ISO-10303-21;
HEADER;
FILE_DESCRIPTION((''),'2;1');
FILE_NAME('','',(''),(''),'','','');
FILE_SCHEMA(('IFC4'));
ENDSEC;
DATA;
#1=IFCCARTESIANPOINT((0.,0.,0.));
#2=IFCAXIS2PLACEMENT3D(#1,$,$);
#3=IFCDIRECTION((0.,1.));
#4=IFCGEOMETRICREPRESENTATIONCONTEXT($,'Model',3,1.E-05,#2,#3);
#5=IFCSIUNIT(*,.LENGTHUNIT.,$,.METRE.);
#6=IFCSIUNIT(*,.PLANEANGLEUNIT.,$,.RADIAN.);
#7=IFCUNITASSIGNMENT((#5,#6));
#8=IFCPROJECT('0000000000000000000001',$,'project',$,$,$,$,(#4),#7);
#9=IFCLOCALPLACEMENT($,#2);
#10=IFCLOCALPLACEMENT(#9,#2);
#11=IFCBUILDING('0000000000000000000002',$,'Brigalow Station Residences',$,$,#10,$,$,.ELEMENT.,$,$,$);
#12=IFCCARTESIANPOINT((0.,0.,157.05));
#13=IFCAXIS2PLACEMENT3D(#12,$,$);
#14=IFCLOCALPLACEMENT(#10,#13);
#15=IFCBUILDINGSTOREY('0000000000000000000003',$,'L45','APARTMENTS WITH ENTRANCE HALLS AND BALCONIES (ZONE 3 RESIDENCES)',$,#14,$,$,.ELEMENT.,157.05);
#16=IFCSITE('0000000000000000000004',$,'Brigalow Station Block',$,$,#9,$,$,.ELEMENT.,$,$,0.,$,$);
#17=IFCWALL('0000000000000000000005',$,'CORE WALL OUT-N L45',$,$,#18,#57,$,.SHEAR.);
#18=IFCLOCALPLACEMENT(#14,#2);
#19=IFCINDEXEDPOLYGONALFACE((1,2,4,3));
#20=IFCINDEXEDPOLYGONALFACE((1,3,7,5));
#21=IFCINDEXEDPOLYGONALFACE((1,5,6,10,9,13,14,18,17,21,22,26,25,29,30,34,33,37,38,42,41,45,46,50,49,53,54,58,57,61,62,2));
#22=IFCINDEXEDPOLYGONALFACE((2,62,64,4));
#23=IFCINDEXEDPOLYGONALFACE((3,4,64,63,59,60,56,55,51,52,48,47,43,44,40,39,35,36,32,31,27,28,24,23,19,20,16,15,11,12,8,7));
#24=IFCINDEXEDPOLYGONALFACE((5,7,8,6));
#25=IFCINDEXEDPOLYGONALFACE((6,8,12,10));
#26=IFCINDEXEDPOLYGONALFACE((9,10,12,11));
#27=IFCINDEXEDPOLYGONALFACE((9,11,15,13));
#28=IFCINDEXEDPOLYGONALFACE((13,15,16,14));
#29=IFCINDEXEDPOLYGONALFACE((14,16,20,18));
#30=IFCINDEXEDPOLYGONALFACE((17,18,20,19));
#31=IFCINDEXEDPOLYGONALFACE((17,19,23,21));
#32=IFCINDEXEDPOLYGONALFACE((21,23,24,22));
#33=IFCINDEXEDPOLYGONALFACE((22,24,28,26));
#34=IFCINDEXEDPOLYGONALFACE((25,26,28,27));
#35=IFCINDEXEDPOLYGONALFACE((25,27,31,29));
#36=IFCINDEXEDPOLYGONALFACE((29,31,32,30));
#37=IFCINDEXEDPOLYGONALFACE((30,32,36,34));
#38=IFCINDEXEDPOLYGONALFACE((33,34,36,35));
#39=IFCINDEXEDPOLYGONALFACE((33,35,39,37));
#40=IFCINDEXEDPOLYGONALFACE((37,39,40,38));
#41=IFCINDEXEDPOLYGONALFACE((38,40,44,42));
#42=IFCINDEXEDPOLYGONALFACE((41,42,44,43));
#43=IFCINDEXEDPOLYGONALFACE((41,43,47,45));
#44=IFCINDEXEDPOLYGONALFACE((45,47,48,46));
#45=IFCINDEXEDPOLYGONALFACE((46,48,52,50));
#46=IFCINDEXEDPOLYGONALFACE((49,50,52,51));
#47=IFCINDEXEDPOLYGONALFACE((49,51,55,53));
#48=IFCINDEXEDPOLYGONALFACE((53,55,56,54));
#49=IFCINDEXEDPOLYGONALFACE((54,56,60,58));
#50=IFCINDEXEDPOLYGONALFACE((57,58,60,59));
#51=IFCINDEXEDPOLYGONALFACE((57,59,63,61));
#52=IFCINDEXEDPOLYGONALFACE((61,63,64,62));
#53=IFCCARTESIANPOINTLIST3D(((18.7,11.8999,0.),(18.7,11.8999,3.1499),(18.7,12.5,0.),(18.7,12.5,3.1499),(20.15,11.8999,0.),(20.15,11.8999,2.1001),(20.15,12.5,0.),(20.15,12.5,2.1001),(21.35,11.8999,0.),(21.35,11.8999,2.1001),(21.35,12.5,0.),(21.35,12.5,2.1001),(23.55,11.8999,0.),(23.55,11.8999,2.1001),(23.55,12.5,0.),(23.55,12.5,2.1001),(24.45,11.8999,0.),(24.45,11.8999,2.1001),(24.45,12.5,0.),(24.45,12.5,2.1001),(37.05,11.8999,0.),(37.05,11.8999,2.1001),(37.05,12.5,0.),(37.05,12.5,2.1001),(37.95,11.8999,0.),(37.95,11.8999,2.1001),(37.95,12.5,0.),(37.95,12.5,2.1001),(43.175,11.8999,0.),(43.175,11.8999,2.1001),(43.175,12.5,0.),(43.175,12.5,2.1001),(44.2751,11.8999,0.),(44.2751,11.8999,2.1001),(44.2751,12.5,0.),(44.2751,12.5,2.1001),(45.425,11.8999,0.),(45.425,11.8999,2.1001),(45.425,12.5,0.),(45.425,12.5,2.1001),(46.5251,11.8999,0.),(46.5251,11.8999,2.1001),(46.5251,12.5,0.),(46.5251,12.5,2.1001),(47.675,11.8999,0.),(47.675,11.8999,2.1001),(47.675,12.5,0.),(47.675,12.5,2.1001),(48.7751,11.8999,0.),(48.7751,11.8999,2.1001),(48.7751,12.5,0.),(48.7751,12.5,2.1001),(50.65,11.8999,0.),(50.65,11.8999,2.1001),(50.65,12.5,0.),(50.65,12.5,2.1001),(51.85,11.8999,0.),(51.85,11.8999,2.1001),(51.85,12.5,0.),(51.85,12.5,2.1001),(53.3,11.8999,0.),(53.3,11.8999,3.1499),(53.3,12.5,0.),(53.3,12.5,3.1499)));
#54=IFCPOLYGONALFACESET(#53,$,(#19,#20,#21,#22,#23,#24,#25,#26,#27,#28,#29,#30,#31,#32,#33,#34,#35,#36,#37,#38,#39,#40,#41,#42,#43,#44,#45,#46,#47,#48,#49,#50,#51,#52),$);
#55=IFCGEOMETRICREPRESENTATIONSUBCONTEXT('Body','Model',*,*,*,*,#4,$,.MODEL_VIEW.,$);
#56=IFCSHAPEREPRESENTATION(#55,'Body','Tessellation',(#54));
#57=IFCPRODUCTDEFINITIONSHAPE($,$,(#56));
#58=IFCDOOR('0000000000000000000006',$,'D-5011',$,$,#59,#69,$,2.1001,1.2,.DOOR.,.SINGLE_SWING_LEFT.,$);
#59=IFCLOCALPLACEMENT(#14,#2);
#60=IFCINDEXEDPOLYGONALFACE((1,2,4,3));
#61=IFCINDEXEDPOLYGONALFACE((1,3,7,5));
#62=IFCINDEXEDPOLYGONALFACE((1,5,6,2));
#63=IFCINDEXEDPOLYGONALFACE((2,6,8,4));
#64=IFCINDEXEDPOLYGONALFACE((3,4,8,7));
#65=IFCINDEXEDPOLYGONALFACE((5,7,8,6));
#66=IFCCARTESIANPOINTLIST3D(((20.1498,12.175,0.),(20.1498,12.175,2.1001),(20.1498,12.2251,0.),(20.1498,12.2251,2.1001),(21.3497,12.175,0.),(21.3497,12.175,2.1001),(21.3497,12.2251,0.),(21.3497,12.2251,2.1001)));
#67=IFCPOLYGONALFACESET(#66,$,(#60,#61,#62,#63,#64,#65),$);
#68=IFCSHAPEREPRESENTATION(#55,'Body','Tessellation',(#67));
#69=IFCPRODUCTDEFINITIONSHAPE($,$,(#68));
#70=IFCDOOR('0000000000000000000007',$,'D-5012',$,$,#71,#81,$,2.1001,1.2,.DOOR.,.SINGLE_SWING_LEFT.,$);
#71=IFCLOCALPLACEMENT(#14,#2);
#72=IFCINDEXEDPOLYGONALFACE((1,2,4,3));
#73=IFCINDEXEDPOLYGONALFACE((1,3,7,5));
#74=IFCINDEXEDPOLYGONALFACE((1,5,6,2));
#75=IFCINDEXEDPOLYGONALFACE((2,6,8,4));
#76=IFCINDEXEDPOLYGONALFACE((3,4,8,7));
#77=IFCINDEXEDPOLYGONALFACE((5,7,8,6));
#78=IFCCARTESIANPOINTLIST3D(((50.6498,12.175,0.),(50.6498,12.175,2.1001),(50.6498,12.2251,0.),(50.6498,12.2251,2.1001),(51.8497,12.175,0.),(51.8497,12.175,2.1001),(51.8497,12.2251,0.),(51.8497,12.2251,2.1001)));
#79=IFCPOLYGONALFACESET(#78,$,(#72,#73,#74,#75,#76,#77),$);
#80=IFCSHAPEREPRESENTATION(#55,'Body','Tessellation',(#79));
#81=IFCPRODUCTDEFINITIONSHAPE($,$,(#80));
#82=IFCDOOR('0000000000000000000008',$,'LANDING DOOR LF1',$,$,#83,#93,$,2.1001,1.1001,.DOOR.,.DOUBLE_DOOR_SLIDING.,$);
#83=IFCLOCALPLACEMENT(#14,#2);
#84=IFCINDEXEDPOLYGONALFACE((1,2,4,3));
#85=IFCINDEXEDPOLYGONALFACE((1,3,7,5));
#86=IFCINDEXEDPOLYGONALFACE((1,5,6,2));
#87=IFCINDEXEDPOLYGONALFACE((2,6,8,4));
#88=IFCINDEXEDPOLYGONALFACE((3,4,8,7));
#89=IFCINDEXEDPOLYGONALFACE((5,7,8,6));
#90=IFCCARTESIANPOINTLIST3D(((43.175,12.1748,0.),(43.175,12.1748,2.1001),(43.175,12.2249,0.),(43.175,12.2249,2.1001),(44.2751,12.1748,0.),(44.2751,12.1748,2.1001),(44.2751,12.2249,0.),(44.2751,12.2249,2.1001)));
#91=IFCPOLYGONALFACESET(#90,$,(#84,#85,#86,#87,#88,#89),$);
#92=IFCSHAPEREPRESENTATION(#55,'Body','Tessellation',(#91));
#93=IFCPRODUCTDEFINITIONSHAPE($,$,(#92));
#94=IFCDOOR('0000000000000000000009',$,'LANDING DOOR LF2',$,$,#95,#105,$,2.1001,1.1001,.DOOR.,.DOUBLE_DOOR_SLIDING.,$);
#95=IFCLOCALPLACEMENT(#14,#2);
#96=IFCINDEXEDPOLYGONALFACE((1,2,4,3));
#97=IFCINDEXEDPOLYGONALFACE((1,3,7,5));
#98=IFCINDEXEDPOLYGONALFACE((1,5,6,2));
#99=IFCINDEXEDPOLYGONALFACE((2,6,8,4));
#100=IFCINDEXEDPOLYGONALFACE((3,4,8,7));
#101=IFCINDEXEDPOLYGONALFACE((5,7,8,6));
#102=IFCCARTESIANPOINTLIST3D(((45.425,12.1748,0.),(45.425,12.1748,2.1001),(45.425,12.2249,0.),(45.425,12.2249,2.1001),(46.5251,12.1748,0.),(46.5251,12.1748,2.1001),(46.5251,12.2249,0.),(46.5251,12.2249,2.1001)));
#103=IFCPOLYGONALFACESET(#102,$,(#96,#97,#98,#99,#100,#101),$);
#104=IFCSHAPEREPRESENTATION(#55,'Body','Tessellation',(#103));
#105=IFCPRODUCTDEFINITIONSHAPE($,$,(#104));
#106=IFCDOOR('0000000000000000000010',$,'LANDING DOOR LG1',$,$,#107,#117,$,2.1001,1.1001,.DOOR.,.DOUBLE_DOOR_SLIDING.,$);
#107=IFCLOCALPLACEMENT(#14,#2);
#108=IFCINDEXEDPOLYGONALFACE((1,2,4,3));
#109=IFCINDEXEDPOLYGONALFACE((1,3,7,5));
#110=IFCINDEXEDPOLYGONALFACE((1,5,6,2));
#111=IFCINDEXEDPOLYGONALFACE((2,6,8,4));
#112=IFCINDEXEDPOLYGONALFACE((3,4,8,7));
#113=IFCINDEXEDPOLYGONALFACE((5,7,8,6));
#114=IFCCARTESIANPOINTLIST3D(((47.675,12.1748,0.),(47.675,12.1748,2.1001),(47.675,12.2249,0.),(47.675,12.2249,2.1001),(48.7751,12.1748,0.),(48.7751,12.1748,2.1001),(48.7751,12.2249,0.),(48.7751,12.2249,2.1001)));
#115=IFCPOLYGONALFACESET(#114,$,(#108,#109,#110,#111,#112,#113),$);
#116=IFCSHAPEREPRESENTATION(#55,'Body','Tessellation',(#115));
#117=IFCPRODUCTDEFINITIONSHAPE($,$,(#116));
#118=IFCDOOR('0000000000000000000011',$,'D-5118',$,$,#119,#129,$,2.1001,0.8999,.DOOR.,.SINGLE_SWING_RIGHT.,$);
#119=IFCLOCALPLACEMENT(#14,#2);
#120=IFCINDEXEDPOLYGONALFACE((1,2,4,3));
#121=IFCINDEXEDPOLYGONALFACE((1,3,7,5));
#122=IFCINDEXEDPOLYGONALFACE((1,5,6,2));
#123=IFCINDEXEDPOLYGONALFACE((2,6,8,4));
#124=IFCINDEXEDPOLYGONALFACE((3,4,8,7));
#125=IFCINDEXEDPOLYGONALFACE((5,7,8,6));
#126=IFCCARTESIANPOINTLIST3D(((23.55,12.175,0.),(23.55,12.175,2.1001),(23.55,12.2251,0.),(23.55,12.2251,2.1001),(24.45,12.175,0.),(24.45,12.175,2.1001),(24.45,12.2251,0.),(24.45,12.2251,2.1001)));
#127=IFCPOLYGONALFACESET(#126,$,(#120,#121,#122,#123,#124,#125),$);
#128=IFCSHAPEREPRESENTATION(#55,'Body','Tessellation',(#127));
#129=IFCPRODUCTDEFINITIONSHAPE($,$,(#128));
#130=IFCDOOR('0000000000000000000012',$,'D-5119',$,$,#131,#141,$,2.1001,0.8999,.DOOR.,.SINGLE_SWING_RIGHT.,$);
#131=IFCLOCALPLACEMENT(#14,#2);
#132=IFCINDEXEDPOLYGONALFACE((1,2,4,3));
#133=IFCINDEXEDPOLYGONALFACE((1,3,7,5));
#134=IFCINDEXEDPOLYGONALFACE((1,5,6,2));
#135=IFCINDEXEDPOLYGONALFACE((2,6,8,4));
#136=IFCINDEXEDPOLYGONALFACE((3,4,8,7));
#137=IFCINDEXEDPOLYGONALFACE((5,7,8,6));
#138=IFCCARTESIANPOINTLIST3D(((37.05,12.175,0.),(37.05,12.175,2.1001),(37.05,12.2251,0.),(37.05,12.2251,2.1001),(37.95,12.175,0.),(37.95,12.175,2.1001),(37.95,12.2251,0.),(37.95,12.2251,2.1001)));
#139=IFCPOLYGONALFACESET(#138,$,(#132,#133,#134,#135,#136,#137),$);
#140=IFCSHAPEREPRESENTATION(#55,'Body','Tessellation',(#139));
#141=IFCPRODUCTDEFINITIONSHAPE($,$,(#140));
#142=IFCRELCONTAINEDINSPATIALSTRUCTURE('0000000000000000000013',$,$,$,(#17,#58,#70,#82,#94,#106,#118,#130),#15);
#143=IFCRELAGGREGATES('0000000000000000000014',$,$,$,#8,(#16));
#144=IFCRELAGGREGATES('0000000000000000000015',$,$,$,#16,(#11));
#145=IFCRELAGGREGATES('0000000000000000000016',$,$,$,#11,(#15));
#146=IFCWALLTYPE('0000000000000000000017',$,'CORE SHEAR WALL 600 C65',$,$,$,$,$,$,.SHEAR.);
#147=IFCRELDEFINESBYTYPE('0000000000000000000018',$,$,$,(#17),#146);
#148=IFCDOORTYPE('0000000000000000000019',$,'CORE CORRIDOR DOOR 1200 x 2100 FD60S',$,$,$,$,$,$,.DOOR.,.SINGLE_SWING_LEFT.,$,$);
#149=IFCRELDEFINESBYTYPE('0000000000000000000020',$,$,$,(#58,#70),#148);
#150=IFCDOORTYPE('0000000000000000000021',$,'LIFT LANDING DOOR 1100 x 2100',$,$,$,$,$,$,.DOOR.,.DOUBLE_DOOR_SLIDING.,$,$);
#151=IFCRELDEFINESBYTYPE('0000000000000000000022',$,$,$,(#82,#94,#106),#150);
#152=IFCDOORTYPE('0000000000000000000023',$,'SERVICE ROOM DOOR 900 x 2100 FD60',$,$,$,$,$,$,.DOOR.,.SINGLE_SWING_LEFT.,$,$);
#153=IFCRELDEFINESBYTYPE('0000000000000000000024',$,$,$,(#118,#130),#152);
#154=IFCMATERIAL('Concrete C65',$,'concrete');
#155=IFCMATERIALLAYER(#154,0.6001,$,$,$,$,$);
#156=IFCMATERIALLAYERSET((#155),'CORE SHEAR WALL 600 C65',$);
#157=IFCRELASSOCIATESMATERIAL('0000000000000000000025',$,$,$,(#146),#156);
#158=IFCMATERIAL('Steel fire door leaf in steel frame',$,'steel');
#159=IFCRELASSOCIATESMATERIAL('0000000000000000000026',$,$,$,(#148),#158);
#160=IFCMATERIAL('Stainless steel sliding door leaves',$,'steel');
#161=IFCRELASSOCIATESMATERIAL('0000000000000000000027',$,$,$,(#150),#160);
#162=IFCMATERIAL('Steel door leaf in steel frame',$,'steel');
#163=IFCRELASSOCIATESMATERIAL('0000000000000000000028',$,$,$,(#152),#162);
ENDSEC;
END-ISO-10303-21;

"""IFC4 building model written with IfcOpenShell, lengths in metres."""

from ifc_helpers import new_model, si_unit, direction, frame, frame_2d, origin, place, context, subcontext, project, spatial, rectangle, extrude, material, layer, layer_set, type_object, element, fill, save


model = new_model("IFC4")

# Units and contexts
model_context = context("Model", 3, precision=1e-05, world=origin(), true_north=direction((0.0, 1.0)))
body_context = subcontext(model_context, "Body", "Model", "MODEL_VIEW")
ifc_project = project(units=[si_unit("LENGTHUNIT", "METRE"), si_unit("PLANEANGLEUNIT", "RADIAN")], contexts=[model_context])

# Site, building, storey
site_placement = place(None, origin())
site = spatial("IfcSite", under=ifc_project, at=site_placement, Name="Brigalow Station Block", CompositionType="ELEMENT", RefElevation=0.0)
building_placement = place(site_placement, origin())
building = spatial("IfcBuilding", under=site, at=building_placement, Name="Brigalow Station Residences", CompositionType="ELEMENT")
storey_placement = place(building_placement, frame((0.0, 0.0, 157.05)))
storey = spatial("IfcBuildingStorey", under=building, at=storey_placement, Name="L45", Description="APARTMENTS WITH ENTRANCE HALLS AND BALCONIES (ZONE 3 RESIDENCES)", CompositionType="ELEMENT", Elevation=157.05)

# Wall, openings, doors
ifc_material_1 = material(Name="Concrete C65", Category="concrete")
ifc_layer_1 = layer(ifc_material_1, 0.6001)
ifc_layer_set_1 = layer_set([ifc_layer_1], Name="CORE SHEAR WALL 600 C65")
wall_type_1 = type_object("IfcWallType", Name="CORE SHEAR WALL 600 C65", PredefinedType="SHEAR", material=ifc_layer_set_1)
wall_1_placement = place(storey_placement, frame((18.7, 12.2, 0.0), z_axis=(0.0, 0.0, 1.0), x_axis=(1.0, 0.0, 0.0)))
wall_1 = element("IfcWall", 1, at=wall_1_placement, inside=storey, type_object=wall_type_1, Name="CORE WALL OUT-N L45", PredefinedType="SHEAR", context=body_context, shape_type="SweptSolid", body=[
    extrude(rectangle(XDim=34.6001, YDim=0.6001, at=frame_2d((17.3, 0.0))), origin(), (0.0, 0.0, 1.0), 3.1499),
])
opening_1_placement = place(wall_1_placement, frame((24.4751, 0.0, 0.0)))
opening_1 = element("IfcOpeningElement", 2, at=opening_1_placement, cuts=wall_1, PredefinedType="OPENING", context=body_context, shape_type="SweptSolid", body=[
    extrude(rectangle(XDim=1.1001, YDim=2.1001, at=frame_2d((0.55, 1.05))), frame((0.0, 0.3101, 0.0), z_axis=(0.0, -1.0, 0.0), x_axis=(1.0, 0.0, 0.0)), (0.0, 0.0, 1.0), 0.6201),
])
opening_2_placement = place(wall_1_placement, frame((26.7251, 0.0, 0.0)))
opening_2 = element("IfcOpeningElement", 3, at=opening_2_placement, cuts=wall_1, PredefinedType="OPENING", context=body_context, shape_type="SweptSolid", body=[
    extrude(rectangle(XDim=1.1001, YDim=2.1001, at=frame_2d((0.55, 1.05))), frame((0.0, 0.3101, 0.0), z_axis=(0.0, -1.0, 0.0), x_axis=(1.0, 0.0, 0.0)), (0.0, 0.0, 1.0), 0.6201),
])
opening_3_placement = place(wall_1_placement, frame((28.9751, 0.0, 0.0)))
opening_3 = element("IfcOpeningElement", 4, at=opening_3_placement, cuts=wall_1, PredefinedType="OPENING", context=body_context, shape_type="SweptSolid", body=[
    extrude(rectangle(XDim=1.1001, YDim=2.1001, at=frame_2d((0.55, 1.05))), frame((0.0, 0.3101, 0.0), z_axis=(0.0, -1.0, 0.0), x_axis=(1.0, 0.0, 0.0)), (0.0, 0.0, 1.0), 0.6201),
])
opening_4_placement = place(wall_1_placement, frame((4.8501, 0.0, 0.0)))
opening_4 = element("IfcOpeningElement", 5, at=opening_4_placement, cuts=wall_1, PredefinedType="OPENING", context=body_context, shape_type="SweptSolid", body=[
    extrude(rectangle(XDim=0.8999, YDim=2.1001, at=frame_2d((0.45, 1.05))), frame((0.0, 0.3101, 0.0), z_axis=(0.0, -1.0, 0.0), x_axis=(1.0, 0.0, 0.0)), (0.0, 0.0, 1.0), 0.6201),
])
opening_5_placement = place(wall_1_placement, frame((18.3501, 0.0, 0.0)))
opening_5 = element("IfcOpeningElement", 6, at=opening_5_placement, cuts=wall_1, PredefinedType="OPENING", context=body_context, shape_type="SweptSolid", body=[
    extrude(rectangle(XDim=0.8999, YDim=2.1001, at=frame_2d((0.45, 1.05))), frame((0.0, 0.3101, 0.0), z_axis=(0.0, -1.0, 0.0), x_axis=(1.0, 0.0, 0.0)), (0.0, 0.0, 1.0), 0.6201),
])
opening_6_placement = place(wall_1_placement, frame((1.45, 0.0, 0.0)))
opening_6 = element("IfcOpeningElement", 7, at=opening_6_placement, cuts=wall_1, PredefinedType="OPENING", context=body_context, shape_type="SweptSolid", body=[
    extrude(rectangle(XDim=1.2, YDim=2.1001, at=frame_2d((0.6001, 1.05))), frame((0.0, 0.3101, 0.0), z_axis=(0.0, -1.0, 0.0), x_axis=(1.0, 0.0, 0.0)), (0.0, 0.0, 1.0), 0.6201),
])
opening_7_placement = place(wall_1_placement, frame((31.95, 0.0, 0.0)))
opening_7 = element("IfcOpeningElement", 8, at=opening_7_placement, cuts=wall_1, PredefinedType="OPENING", context=body_context, shape_type="SweptSolid", body=[
    extrude(rectangle(XDim=1.2, YDim=2.1001, at=frame_2d((0.6001, 1.05))), frame((0.0, 0.3101, 0.0), z_axis=(0.0, -1.0, 0.0), x_axis=(1.0, 0.0, 0.0)), (0.0, 0.0, 1.0), 0.6201),
])
ifc_material_2 = material(Name="Steel fire door leaf in steel frame", Category="steel")
door_type_1 = type_object("IfcDoorType", Name="CORE CORRIDOR DOOR 1200 x 2100 FD60S", OperationType="SINGLE_SWING_LEFT", PredefinedType="DOOR", material=ifc_material_2)
door_1_placement = place(opening_6_placement, frame((1.2, 0.0, 0.0), z_axis=(0.0, 0.0, 1.0), x_axis=(-1.0, 0.0, 0.0)))
door_1 = element("IfcDoor", 9, at=door_1_placement, inside=storey, type_object=door_type_1, Name="D-5011", OperationType="SINGLE_SWING_LEFT", OverallHeight=2.1001, OverallWidth=1.2, PredefinedType="DOOR", context=body_context, shape_type="SweptSolid", body=[
    extrude(rectangle(XDim=1.2, YDim=2.1001, at=frame_2d((0.6001, 1.05))), frame((0.0, 0.0249, 0.0), z_axis=(0.0, -1.0, 0.0), x_axis=(1.0, 0.0, 0.0)), (0.0, 0.0, 1.0), 0.05),
])
fill(opening_6, door_1)
door_2_placement = place(opening_7_placement, frame((1.2, 0.0, 0.0), z_axis=(0.0, 0.0, 1.0), x_axis=(-1.0, 0.0, 0.0)))
door_2 = element("IfcDoor", 10, at=door_2_placement, inside=storey, type_object=door_type_1, Name="D-5012", OperationType="SINGLE_SWING_LEFT", OverallHeight=2.1001, OverallWidth=1.2, PredefinedType="DOOR", context=body_context, shape_type="SweptSolid", body=[
    extrude(rectangle(XDim=1.2, YDim=2.1001, at=frame_2d((0.6001, 1.05))), frame((0.0, 0.0249, 0.0), z_axis=(0.0, -1.0, 0.0), x_axis=(1.0, 0.0, 0.0)), (0.0, 0.0, 1.0), 0.05),
])
fill(opening_7, door_2)
ifc_material_3 = material(Name="Stainless steel sliding door leaves", Category="steel")
door_type_2 = type_object("IfcDoorType", Name="LIFT LANDING DOOR 1100 x 2100", OperationType="DOUBLE_DOOR_SLIDING", PredefinedType="DOOR", material=ifc_material_3)
door_3_placement = place(opening_1_placement, origin())
door_3 = element("IfcDoor", 11, at=door_3_placement, inside=storey, type_object=door_type_2, Name="LANDING DOOR LF1", OperationType="DOUBLE_DOOR_SLIDING", OverallHeight=2.1001, OverallWidth=1.1001, PredefinedType="DOOR", context=body_context, shape_type="SweptSolid", body=[
    extrude(rectangle(XDim=1.1001, YDim=2.1001, at=frame_2d((0.55, 1.05))), frame((0.0, 0.0249, 0.0), z_axis=(0.0, -1.0, 0.0), x_axis=(1.0, 0.0, 0.0)), (0.0, 0.0, 1.0), 0.05),
])
fill(opening_1, door_3)
door_4_placement = place(opening_2_placement, origin())
door_4 = element("IfcDoor", 12, at=door_4_placement, inside=storey, type_object=door_type_2, Name="LANDING DOOR LF2", OperationType="DOUBLE_DOOR_SLIDING", OverallHeight=2.1001, OverallWidth=1.1001, PredefinedType="DOOR", context=body_context, shape_type="SweptSolid", body=[
    extrude(rectangle(XDim=1.1001, YDim=2.1001, at=frame_2d((0.55, 1.05))), frame((0.0, 0.0249, 0.0), z_axis=(0.0, -1.0, 0.0), x_axis=(1.0, 0.0, 0.0)), (0.0, 0.0, 1.0), 0.05),
])
fill(opening_2, door_4)
door_5_placement = place(opening_3_placement, origin())
door_5 = element("IfcDoor", 13, at=door_5_placement, inside=storey, type_object=door_type_2, Name="LANDING DOOR LG1", OperationType="DOUBLE_DOOR_SLIDING", OverallHeight=2.1001, OverallWidth=1.1001, PredefinedType="DOOR", context=body_context, shape_type="SweptSolid", body=[
    extrude(rectangle(XDim=1.1001, YDim=2.1001, at=frame_2d((0.55, 1.05))), frame((0.0, 0.0249, 0.0), z_axis=(0.0, -1.0, 0.0), x_axis=(1.0, 0.0, 0.0)), (0.0, 0.0, 1.0), 0.05),
])
fill(opening_3, door_5)
ifc_material_4 = material(Name="Steel door leaf in steel frame", Category="steel")
door_type_3 = type_object("IfcDoorType", Name="SERVICE ROOM DOOR 900 x 2100 FD60", OperationType="SINGLE_SWING_LEFT", PredefinedType="DOOR", material=ifc_material_4)
door_6_placement = place(opening_4_placement, frame((0.8999, 0.0, 0.0), z_axis=(0.0, 0.0, 1.0), x_axis=(-1.0, 0.0, 0.0)))
door_6 = element("IfcDoor", 14, at=door_6_placement, inside=storey, type_object=door_type_3, Name="D-5118", OperationType="SINGLE_SWING_RIGHT", OverallHeight=2.1001, OverallWidth=0.8999, PredefinedType="DOOR", context=body_context, shape_type="SweptSolid", body=[
    extrude(rectangle(XDim=0.8999, YDim=2.1001, at=frame_2d((0.45, 1.05))), frame((0.0, 0.0249, 0.0), z_axis=(0.0, -1.0, 0.0), x_axis=(1.0, 0.0, 0.0)), (0.0, 0.0, 1.0), 0.05),
])
fill(opening_4, door_6)
door_7_placement = place(opening_5_placement, frame((0.8999, 0.0, 0.0), z_axis=(0.0, 0.0, 1.0), x_axis=(-1.0, 0.0, 0.0)))
door_7 = element("IfcDoor", 15, at=door_7_placement, inside=storey, type_object=door_type_3, Name="D-5119", OperationType="SINGLE_SWING_RIGHT", OverallHeight=2.1001, OverallWidth=0.8999, PredefinedType="DOOR", context=body_context, shape_type="SweptSolid", body=[
    extrude(rectangle(XDim=0.8999, YDim=2.1001, at=frame_2d((0.45, 1.05))), frame((0.0, 0.0249, 0.0), z_axis=(0.0, -1.0, 0.0), x_axis=(1.0, 0.0, 0.0)), (0.0, 0.0, 1.0), 0.05),
])
fill(opening_5, door_7)

save(model, "model.ifc")
